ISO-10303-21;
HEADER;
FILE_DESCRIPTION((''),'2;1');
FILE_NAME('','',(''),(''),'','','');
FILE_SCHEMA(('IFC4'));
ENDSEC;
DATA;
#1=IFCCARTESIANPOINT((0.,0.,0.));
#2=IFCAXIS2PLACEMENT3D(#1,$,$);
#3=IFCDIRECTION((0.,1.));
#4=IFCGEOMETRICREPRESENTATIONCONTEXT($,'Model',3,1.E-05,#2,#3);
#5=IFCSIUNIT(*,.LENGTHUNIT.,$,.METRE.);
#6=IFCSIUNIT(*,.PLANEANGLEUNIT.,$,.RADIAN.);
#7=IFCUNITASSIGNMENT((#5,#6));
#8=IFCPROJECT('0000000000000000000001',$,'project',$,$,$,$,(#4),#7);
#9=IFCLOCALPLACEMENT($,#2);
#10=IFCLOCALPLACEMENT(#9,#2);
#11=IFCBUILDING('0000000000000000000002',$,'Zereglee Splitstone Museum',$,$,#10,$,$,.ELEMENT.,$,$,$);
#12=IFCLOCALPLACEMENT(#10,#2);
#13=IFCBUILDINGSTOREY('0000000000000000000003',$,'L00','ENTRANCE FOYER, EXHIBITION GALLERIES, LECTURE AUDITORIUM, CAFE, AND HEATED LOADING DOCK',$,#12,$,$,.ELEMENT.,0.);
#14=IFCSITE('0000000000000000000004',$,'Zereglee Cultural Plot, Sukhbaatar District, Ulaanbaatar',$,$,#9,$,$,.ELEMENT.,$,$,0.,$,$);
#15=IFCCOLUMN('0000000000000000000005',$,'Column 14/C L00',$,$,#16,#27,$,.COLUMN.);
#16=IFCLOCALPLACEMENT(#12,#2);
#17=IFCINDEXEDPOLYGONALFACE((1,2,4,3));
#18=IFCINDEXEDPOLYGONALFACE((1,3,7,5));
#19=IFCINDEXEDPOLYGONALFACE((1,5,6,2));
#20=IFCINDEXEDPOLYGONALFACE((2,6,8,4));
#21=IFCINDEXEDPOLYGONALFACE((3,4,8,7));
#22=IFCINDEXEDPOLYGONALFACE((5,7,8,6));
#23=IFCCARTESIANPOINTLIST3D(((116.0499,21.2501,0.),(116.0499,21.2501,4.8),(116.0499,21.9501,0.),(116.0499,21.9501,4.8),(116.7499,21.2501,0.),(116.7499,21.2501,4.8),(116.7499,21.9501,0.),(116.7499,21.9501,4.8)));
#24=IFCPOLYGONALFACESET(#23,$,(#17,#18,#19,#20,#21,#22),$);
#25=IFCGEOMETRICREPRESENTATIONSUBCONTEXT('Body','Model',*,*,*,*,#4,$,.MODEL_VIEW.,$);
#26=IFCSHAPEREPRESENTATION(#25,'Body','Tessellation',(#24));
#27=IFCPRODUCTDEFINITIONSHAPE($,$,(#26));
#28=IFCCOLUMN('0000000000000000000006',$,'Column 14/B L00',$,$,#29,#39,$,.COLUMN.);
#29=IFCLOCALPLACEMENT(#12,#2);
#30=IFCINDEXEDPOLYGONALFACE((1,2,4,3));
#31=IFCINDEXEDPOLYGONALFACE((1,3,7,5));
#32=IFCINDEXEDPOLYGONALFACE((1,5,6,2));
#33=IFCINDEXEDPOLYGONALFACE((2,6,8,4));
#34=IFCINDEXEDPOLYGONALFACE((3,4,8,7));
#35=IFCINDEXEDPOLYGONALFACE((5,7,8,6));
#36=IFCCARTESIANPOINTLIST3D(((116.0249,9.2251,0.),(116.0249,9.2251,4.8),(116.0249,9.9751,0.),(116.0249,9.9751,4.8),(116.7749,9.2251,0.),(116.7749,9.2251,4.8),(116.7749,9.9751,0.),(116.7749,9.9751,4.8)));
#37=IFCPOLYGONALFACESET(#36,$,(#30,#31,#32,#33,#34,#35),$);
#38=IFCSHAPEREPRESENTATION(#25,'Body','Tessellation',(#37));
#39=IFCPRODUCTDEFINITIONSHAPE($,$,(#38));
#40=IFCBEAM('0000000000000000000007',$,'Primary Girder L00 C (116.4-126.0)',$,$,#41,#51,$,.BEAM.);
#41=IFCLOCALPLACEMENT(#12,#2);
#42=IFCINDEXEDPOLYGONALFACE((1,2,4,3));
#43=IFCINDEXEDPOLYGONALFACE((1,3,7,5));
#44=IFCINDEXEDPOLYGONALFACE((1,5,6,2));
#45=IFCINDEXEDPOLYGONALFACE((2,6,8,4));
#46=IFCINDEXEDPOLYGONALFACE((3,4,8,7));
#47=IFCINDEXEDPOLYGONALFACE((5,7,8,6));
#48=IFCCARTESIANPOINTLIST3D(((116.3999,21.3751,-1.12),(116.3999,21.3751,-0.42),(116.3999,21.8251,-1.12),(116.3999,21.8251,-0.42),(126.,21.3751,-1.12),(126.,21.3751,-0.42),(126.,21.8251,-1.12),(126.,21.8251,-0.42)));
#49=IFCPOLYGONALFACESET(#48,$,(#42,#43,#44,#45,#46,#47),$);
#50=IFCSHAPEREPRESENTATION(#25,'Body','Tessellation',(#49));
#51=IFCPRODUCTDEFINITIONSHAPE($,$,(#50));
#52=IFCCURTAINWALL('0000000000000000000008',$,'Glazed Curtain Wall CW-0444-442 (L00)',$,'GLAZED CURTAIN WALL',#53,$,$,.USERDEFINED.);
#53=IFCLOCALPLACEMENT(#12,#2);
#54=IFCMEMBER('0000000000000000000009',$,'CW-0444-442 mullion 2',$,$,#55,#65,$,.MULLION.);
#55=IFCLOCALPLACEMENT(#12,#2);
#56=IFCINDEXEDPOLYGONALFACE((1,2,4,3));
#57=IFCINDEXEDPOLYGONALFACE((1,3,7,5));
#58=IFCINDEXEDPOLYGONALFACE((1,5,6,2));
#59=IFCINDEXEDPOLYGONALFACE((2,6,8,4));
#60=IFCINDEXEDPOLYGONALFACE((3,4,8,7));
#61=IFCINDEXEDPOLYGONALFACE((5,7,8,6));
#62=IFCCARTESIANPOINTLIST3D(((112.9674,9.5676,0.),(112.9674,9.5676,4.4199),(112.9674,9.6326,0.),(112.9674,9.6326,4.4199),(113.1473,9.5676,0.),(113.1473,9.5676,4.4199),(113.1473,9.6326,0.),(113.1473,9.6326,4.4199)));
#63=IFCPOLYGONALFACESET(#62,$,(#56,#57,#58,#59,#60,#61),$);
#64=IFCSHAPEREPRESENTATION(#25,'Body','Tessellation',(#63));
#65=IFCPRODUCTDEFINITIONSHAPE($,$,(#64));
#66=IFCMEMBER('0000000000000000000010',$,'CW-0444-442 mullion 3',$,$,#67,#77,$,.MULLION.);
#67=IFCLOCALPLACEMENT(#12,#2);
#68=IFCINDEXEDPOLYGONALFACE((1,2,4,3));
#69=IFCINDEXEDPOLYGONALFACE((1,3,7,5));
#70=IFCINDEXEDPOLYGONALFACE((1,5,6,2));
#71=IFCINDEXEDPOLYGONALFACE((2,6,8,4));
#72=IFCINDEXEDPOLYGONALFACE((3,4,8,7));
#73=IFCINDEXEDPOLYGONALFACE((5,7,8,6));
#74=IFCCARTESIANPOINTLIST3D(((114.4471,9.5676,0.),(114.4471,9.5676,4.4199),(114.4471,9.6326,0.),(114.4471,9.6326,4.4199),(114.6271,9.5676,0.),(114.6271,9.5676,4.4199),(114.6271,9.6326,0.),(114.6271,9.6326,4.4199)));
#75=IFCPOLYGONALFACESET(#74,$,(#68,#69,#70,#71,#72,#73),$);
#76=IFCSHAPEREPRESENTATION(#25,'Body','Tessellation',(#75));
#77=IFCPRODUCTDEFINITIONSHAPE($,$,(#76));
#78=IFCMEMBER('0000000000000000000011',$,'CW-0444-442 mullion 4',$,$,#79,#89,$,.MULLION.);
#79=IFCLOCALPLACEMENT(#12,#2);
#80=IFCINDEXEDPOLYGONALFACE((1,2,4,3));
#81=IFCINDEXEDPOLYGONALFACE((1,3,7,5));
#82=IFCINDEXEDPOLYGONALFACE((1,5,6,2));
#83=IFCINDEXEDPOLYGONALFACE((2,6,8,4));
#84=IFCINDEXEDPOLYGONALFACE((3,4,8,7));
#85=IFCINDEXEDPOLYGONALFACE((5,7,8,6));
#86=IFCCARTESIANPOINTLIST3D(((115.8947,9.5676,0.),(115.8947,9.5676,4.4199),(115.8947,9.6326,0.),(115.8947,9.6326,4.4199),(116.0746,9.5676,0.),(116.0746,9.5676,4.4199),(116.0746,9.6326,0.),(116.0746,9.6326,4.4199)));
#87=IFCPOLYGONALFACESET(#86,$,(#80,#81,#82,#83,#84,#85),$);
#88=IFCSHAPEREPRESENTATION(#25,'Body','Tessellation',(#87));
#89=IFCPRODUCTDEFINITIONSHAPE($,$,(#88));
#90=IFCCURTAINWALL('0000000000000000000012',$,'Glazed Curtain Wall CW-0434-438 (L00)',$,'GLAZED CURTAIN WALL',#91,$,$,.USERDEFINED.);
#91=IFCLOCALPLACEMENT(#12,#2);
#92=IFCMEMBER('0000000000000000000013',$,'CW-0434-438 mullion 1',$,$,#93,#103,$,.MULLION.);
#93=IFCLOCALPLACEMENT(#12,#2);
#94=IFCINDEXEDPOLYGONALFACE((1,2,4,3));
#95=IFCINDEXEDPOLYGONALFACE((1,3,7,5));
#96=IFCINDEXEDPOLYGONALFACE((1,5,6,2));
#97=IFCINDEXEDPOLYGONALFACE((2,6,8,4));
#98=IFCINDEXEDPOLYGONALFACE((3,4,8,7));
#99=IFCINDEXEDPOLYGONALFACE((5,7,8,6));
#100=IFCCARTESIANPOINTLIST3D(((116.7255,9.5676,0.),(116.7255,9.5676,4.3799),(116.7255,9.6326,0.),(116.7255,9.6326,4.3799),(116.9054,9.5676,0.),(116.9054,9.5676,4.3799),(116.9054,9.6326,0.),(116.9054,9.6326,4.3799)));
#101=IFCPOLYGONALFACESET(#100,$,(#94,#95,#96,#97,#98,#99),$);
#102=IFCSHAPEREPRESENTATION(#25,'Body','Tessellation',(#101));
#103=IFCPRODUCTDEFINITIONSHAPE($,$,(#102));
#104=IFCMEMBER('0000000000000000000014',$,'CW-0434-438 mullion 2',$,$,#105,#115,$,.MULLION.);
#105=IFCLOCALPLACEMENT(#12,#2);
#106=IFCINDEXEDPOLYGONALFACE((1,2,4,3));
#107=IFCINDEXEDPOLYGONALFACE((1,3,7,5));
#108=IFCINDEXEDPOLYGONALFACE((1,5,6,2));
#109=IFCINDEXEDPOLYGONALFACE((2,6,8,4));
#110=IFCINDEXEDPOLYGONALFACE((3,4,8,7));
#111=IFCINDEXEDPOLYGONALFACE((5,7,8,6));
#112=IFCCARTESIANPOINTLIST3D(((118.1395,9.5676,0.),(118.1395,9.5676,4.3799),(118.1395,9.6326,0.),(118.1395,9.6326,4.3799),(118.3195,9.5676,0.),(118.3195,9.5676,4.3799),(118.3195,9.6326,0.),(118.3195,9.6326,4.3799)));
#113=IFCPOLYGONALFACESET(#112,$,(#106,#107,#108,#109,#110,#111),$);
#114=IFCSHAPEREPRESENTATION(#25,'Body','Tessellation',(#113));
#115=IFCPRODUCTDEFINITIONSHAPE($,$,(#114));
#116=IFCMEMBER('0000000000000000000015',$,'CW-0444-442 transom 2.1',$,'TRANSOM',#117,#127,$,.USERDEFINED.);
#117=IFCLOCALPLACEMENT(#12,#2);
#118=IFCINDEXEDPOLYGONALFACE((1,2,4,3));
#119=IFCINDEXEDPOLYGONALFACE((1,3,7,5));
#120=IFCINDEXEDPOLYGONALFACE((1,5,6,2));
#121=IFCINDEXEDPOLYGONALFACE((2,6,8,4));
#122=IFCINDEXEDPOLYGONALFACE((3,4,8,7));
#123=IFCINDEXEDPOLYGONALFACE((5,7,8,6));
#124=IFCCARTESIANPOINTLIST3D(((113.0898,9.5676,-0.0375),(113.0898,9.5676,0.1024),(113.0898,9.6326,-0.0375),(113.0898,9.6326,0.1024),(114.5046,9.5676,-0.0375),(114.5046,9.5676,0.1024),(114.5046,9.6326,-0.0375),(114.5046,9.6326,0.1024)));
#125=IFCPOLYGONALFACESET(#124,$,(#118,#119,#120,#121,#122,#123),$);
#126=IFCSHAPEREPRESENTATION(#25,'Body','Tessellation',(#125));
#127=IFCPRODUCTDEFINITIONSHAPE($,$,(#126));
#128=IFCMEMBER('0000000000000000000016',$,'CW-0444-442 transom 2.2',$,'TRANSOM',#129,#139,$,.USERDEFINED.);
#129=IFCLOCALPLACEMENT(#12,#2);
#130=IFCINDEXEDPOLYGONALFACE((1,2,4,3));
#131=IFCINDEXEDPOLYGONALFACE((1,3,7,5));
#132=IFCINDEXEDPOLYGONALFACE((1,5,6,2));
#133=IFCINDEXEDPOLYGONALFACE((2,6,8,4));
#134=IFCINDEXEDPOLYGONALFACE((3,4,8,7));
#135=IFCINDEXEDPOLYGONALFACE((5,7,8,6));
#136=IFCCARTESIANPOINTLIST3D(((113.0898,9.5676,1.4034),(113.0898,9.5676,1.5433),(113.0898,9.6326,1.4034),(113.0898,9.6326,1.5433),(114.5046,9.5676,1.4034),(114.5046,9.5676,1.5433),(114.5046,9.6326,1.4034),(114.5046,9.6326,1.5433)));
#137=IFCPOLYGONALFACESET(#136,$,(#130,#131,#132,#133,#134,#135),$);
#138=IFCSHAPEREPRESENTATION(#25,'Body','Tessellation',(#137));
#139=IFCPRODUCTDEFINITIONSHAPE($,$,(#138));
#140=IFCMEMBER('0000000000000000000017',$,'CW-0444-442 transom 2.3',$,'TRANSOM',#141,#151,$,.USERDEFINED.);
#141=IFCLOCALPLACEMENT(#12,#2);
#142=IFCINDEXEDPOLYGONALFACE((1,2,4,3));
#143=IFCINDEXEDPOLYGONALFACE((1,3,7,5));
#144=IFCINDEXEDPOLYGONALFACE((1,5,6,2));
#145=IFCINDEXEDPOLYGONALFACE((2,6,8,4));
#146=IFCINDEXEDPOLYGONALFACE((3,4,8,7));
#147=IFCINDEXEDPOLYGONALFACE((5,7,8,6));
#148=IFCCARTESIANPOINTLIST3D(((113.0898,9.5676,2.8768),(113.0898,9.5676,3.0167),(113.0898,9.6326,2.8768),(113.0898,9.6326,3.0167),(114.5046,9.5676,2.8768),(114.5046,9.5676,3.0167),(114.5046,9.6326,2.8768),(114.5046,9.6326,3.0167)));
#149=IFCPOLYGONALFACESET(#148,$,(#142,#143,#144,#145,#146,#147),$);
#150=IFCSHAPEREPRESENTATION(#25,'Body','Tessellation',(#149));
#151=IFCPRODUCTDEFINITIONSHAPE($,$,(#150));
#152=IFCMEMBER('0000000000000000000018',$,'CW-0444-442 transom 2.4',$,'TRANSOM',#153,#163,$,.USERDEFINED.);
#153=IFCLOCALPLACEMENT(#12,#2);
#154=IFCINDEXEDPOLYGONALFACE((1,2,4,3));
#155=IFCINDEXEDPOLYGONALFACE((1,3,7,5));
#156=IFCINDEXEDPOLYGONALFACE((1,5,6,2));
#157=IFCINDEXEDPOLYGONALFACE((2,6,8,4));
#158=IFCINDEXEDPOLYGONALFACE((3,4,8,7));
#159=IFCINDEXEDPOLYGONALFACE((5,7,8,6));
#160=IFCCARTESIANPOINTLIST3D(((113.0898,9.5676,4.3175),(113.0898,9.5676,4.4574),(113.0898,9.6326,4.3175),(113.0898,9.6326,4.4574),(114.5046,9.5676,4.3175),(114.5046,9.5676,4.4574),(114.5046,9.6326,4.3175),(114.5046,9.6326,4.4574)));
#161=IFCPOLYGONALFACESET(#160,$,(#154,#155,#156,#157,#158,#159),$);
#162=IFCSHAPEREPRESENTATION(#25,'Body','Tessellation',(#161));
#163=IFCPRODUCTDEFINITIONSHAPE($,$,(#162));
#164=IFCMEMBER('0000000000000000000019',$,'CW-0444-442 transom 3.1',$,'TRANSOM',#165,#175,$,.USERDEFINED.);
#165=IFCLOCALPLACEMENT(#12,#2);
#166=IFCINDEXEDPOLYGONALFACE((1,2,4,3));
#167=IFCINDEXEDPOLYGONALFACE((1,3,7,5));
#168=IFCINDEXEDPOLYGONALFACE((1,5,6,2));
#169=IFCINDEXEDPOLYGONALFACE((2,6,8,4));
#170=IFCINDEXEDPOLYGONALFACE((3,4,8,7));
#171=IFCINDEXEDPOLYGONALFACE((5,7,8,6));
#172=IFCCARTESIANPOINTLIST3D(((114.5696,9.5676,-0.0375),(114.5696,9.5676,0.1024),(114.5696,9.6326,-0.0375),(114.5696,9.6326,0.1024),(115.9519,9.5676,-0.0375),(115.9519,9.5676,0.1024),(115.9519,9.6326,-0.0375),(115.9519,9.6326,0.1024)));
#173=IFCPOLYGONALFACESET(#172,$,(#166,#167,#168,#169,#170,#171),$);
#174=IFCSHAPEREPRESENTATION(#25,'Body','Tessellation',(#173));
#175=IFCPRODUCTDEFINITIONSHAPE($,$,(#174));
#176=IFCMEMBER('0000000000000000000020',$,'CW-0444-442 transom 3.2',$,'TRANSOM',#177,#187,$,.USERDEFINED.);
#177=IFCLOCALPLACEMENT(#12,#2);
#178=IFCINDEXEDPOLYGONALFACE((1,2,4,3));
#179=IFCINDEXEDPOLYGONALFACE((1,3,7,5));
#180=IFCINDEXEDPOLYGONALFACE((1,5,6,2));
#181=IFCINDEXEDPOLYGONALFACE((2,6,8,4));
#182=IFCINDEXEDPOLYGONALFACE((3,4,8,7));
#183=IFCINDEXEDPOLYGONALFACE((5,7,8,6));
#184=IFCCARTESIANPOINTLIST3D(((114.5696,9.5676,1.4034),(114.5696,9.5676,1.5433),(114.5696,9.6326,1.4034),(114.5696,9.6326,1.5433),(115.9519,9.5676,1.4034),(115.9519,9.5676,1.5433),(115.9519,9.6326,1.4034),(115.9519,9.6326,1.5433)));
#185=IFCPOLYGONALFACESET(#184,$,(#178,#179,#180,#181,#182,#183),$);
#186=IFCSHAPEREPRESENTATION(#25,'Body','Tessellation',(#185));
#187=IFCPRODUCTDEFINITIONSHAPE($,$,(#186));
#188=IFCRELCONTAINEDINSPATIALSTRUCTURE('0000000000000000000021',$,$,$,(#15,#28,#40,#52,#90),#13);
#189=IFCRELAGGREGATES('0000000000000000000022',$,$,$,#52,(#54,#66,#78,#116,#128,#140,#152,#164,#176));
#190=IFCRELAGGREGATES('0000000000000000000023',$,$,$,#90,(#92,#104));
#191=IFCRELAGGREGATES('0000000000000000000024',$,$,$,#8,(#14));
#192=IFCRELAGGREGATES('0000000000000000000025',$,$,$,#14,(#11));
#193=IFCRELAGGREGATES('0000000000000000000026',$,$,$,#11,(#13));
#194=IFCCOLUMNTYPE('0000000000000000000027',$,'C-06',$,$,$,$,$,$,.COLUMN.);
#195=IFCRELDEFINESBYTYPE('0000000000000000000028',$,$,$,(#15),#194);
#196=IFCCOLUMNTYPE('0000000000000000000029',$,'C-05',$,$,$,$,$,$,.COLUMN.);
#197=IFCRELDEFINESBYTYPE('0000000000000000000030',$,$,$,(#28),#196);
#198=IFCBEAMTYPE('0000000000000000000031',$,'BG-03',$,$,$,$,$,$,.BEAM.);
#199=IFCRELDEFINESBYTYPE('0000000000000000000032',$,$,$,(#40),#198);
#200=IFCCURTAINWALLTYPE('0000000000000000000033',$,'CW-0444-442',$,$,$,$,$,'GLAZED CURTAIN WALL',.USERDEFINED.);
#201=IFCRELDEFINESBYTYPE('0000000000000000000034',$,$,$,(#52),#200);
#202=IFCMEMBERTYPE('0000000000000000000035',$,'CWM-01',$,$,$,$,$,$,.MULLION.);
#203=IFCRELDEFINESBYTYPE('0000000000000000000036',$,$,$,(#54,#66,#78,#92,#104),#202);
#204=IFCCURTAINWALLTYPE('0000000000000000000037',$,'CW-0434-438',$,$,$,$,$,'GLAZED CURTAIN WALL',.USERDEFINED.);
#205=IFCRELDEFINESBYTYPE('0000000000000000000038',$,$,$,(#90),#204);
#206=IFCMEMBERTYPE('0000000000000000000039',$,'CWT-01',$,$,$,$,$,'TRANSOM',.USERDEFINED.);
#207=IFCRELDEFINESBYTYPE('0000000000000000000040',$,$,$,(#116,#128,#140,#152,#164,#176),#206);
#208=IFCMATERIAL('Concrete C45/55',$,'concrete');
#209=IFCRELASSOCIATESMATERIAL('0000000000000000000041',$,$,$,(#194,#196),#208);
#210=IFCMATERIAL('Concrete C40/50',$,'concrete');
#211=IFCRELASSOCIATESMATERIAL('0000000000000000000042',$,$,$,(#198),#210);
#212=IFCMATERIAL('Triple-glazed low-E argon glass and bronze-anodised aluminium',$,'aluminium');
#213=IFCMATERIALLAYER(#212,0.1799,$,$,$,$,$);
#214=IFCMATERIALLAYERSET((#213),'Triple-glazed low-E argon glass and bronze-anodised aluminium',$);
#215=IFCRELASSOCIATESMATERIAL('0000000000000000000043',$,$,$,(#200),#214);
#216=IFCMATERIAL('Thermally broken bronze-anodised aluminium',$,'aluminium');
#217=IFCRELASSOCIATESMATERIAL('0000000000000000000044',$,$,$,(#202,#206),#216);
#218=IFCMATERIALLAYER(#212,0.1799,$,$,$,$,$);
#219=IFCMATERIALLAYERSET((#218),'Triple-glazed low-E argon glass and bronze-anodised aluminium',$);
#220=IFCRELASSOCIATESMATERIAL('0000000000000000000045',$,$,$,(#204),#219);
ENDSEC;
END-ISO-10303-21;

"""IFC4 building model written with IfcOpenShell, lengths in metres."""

from ifc_helpers import new_model, si_unit, direction, frame, origin, origin_2d, place, context, subcontext, project, spatial, rectangle, extrude, material, layer, layer_set, material_profile, profile_set, type_object, element, aggregate, save


model = new_model("IFC4")

# Units and contexts
model_context = context("Model", 3, precision=1e-05, world=origin(), true_north=direction((0.0, 1.0)))
body_context = subcontext(model_context, "Body", "Model", "MODEL_VIEW")
ifc_project = project(units=[si_unit("LENGTHUNIT", "METRE"), si_unit("PLANEANGLEUNIT", "RADIAN")], contexts=[model_context])

# Site, building, storey
site_placement = place(None, origin())
site = spatial("IfcSite", under=ifc_project, at=site_placement, Name="Zereglee Cultural Plot, Sukhbaatar District, Ulaanbaatar", CompositionType="ELEMENT", RefElevation=0.0)
building_placement = place(site_placement, origin())
building = spatial("IfcBuilding", under=site, at=building_placement, Name="Zereglee Splitstone Museum", CompositionType="ELEMENT")
storey_placement = place(building_placement, origin())
storey = spatial("IfcBuildingStorey", under=building, at=storey_placement, Name="L00", Description="ENTRANCE FOYER, EXHIBITION GALLERIES, LECTURE AUDITORIUM, CAFE, AND HEATED LOADING DOCK", CompositionType="ELEMENT", Elevation=0.0)

# Columns
ifc_material_1 = material(Name="Concrete C45/55", Category="concrete")
ifc_material_profile_1 = material_profile(ifc_material_1, rectangle(XDim=0.7, YDim=0.7, at=origin_2d()), Name="RC 700x700")
ifc_profile_set_1 = profile_set([ifc_material_profile_1], Name="Concrete C45/55")
column_type_1 = type_object("IfcColumnType", Name="C-06", PredefinedType="COLUMN", material=ifc_profile_set_1)
column_1_placement = place(storey_placement, frame((116.3999, 21.6001, 0.0), z_axis=(0.0, 0.0, 1.0), x_axis=(1.0, 0.0, 0.0)))
element("IfcColumn", 1, at=column_1_placement, inside=storey, type_object=column_type_1, Name="Column 14/C L00", PredefinedType="COLUMN", context=body_context, shape_type="SweptSolid", body=[
    extrude(rectangle(XDim=0.7, YDim=0.7, at=origin_2d()), origin(), (0.0, 0.0, 1.0), 4.8),
])
ifc_material_profile_2 = material_profile(ifc_material_1, rectangle(XDim=0.75, YDim=0.75, at=origin_2d()), Name="RC 750x750")
ifc_profile_set_2 = profile_set([ifc_material_profile_2], Name="Concrete C45/55")
column_type_2 = type_object("IfcColumnType", Name="C-05", PredefinedType="COLUMN", material=ifc_profile_set_2)
column_2_placement = place(storey_placement, frame((116.3999, 9.6001, 0.0), z_axis=(0.0, 0.0, 1.0), x_axis=(1.0, 0.0, 0.0)))
element("IfcColumn", 2, at=column_2_placement, inside=storey, type_object=column_type_2, Name="Column 14/B L00", PredefinedType="COLUMN", context=body_context, shape_type="SweptSolid", body=[
    extrude(rectangle(XDim=0.75, YDim=0.75, at=origin_2d()), origin(), (0.0, 0.0, 1.0), 4.8),
])

# Beam
ifc_material_2 = material(Name="Concrete C40/50", Category="concrete")
ifc_material_profile_3 = material_profile(ifc_material_2, rectangle(XDim=0.45, YDim=0.7, at=origin_2d()), Name="RC 450x700")
ifc_profile_set_3 = profile_set([ifc_material_profile_3], Name="Concrete C40/50")
beam_type_1 = type_object("IfcBeamType", Name="BG-03", PredefinedType="BEAM", material=ifc_profile_set_3)
beam_1_placement = place(storey_placement, frame((116.3999, 21.6001, -0.77), z_axis=(1.0, 0.0, 0.0), x_axis=(0.0, 1.0, 0.0)))
element("IfcBeam", 3, at=beam_1_placement, inside=storey, type_object=beam_type_1, Name="Primary Girder L00 C (116.4-126.0)", PredefinedType="BEAM", context=body_context, shape_type="SweptSolid", body=[
    extrude(rectangle(XDim=0.45, YDim=0.7, at=origin_2d()), origin(), (0.0, 0.0, 1.0), 9.6001),
])

# Curtain walls, members
ifc_material_3 = material(Name="Triple-glazed low-E argon glass and bronze-anodised aluminium", Category="aluminium")
ifc_layer_1 = layer(ifc_material_3, 0.1799)
ifc_layer_set_1 = layer_set([ifc_layer_1], Name="Triple-glazed low-E argon glass and bronze-anodised aluminium")
curtain_wall_type_1 = type_object("IfcCurtainWallType", Name="CW-0444-442", ElementType="GLAZED CURTAIN WALL", PredefinedType="USERDEFINED", material=ifc_layer_set_1)
curtain_wall_1_placement = place(storey_placement, origin())
curtain_wall_1 = element("IfcCurtainWall", 4, at=curtain_wall_1_placement, inside=storey, type_object=curtain_wall_type_1, Name="Glazed Curtain Wall CW-0444-442 (L00)", ObjectType="GLAZED CURTAIN WALL", PredefinedType="USERDEFINED")
ifc_material_4 = material(Name="Thermally broken bronze-anodised aluminium", Category="aluminium")
ifc_material_profile_4 = material_profile(ifc_material_4, rectangle(XDim=0.0649, YDim=0.1799, at=origin_2d()), Name="CW MULL 65x180")
ifc_profile_set_4 = profile_set([ifc_material_profile_4], Name="Thermally broken bronze-anodised aluminium")
member_type_1 = type_object("IfcMemberType", Name="CWM-01", PredefinedType="MULLION", material=ifc_profile_set_4)
member_1_placement = place(storey_placement, frame((113.0574, 9.6001, 0.0), z_axis=(0.0, 0.0, 1.0), x_axis=(0.0, 1.0, 0.0)))
member_1 = element("IfcMember", 5, at=member_1_placement, type_object=member_type_1, Name="CW-0444-442 mullion 2", PredefinedType="MULLION", context=body_context, shape_type="SweptSolid", body=[
    extrude(rectangle(XDim=0.0649, YDim=0.1799, at=origin_2d()), origin(), (0.0, 0.0, 1.0), 4.4199),
])
member_2_placement = place(storey_placement, frame((114.5371, 9.6001, 0.0), z_axis=(0.0, 0.0, 1.0), x_axis=(0.0, 1.0, 0.0)))
member_2 = element("IfcMember", 6, at=member_2_placement, type_object=member_type_1, Name="CW-0444-442 mullion 3", PredefinedType="MULLION", context=body_context, shape_type="SweptSolid", body=[
    extrude(rectangle(XDim=0.0649, YDim=0.1799, at=origin_2d()), origin(), (0.0, 0.0, 1.0), 4.4199),
])
member_3_placement = place(storey_placement, frame((115.9846, 9.6001, 0.0), z_axis=(0.0, 0.0, 1.0), x_axis=(0.0, 1.0, 0.0)))
member_3 = element("IfcMember", 7, at=member_3_placement, type_object=member_type_1, Name="CW-0444-442 mullion 4", PredefinedType="MULLION", context=body_context, shape_type="SweptSolid", body=[
    extrude(rectangle(XDim=0.0649, YDim=0.1799, at=origin_2d()), origin(), (0.0, 0.0, 1.0), 4.4199),
])
ifc_layer_2 = layer(ifc_material_3, 0.1799)
ifc_layer_set_2 = layer_set([ifc_layer_2], Name="Triple-glazed low-E argon glass and bronze-anodised aluminium")
curtain_wall_type_2 = type_object("IfcCurtainWallType", Name="CW-0434-438", ElementType="GLAZED CURTAIN WALL", PredefinedType="USERDEFINED", material=ifc_layer_set_2)
curtain_wall_2_placement = place(storey_placement, origin())
curtain_wall_2 = element("IfcCurtainWall", 8, at=curtain_wall_2_placement, inside=storey, type_object=curtain_wall_type_2, Name="Glazed Curtain Wall CW-0434-438 (L00)", ObjectType="GLAZED CURTAIN WALL", PredefinedType="USERDEFINED")
member_4_placement = place(storey_placement, frame((116.8154, 9.6001, 0.0), z_axis=(0.0, 0.0, 1.0), x_axis=(0.0, 1.0, 0.0)))
member_4 = element("IfcMember", 9, at=member_4_placement, type_object=member_type_1, Name="CW-0434-438 mullion 1", PredefinedType="MULLION", context=body_context, shape_type="SweptSolid", body=[
    extrude(rectangle(XDim=0.0649, YDim=0.1799, at=origin_2d()), origin(), (0.0, 0.0, 1.0), 4.3799),
])
member_5_placement = place(storey_placement, frame((118.2295, 9.6001, 0.0), z_axis=(0.0, 0.0, 1.0), x_axis=(0.0, 1.0, 0.0)))
member_5 = element("IfcMember", 10, at=member_5_placement, type_object=member_type_1, Name="CW-0434-438 mullion 2", PredefinedType="MULLION", context=body_context, shape_type="SweptSolid", body=[
    extrude(rectangle(XDim=0.0649, YDim=0.1799, at=origin_2d()), origin(), (0.0, 0.0, 1.0), 4.3799),
])

# Members
ifc_material_profile_5 = material_profile(ifc_material_4, rectangle(XDim=0.0649, YDim=0.1399, at=origin_2d()), Name="CW TRAN 65x140")
ifc_profile_set_5 = profile_set([ifc_material_profile_5], Name="Thermally broken bronze-anodised aluminium")
member_type_2 = type_object("IfcMemberType", Name="CWT-01", ElementType="TRANSOM", PredefinedType="USERDEFINED", material=ifc_profile_set_5)
member_6_placement = place(storey_placement, frame((113.0898, 9.6001, 0.0325), z_axis=(1.0, 0.0, 0.0), x_axis=(0.0, 1.0, 0.0)))
member_6 = element("IfcMember", 11, at=member_6_placement, type_object=member_type_2, Name="CW-0444-442 transom 2.1", ObjectType="TRANSOM", PredefinedType="USERDEFINED", context=body_context, shape_type="SweptSolid", body=[
    extrude(rectangle(XDim=0.0649, YDim=0.1399, at=origin_2d()), origin(), (0.0, 0.0, 1.0), 1.4148),
])
member_7_placement = place(storey_placement, frame((113.0898, 9.6001, 1.4734), z_axis=(1.0, 0.0, 0.0), x_axis=(0.0, 1.0, 0.0)))
member_7 = element("IfcMember", 12, at=member_7_placement, type_object=member_type_2, Name="CW-0444-442 transom 2.2", ObjectType="TRANSOM", PredefinedType="USERDEFINED", context=body_context, shape_type="SweptSolid", body=[
    extrude(rectangle(XDim=0.0649, YDim=0.1399, at=origin_2d()), origin(), (0.0, 0.0, 1.0), 1.4148),
])
member_8_placement = place(storey_placement, frame((113.0898, 9.6001, 2.9468), z_axis=(1.0, 0.0, 0.0), x_axis=(0.0, 1.0, 0.0)))
member_8 = element("IfcMember", 13, at=member_8_placement, type_object=member_type_2, Name="CW-0444-442 transom 2.3", ObjectType="TRANSOM", PredefinedType="USERDEFINED", context=body_context, shape_type="SweptSolid", body=[
    extrude(rectangle(XDim=0.0649, YDim=0.1399, at=origin_2d()), origin(), (0.0, 0.0, 1.0), 1.4148),
])
member_9_placement = place(storey_placement, frame((113.0898, 9.6001, 4.3875), z_axis=(1.0, 0.0, 0.0), x_axis=(0.0, 1.0, 0.0)))
member_9 = element("IfcMember", 14, at=member_9_placement, type_object=member_type_2, Name="CW-0444-442 transom 2.4", ObjectType="TRANSOM", PredefinedType="USERDEFINED", context=body_context, shape_type="SweptSolid", body=[
    extrude(rectangle(XDim=0.0649, YDim=0.1399, at=origin_2d()), origin(), (0.0, 0.0, 1.0), 1.4148),
])
member_10_placement = place(storey_placement, frame((114.5696, 9.6001, 0.0325), z_axis=(1.0, 0.0, 0.0), x_axis=(0.0, 1.0, 0.0)))
member_10 = element("IfcMember", 15, at=member_10_placement, type_object=member_type_2, Name="CW-0444-442 transom 3.1", ObjectType="TRANSOM", PredefinedType="USERDEFINED", context=body_context, shape_type="SweptSolid", body=[
    extrude(rectangle(XDim=0.0649, YDim=0.1399, at=origin_2d()), origin(), (0.0, 0.0, 1.0), 1.3823),
])
member_11_placement = place(storey_placement, frame((114.5696, 9.6001, 1.4734), z_axis=(1.0, 0.0, 0.0), x_axis=(0.0, 1.0, 0.0)))
member_11 = element("IfcMember", 16, at=member_11_placement, type_object=member_type_2, Name="CW-0444-442 transom 3.2", ObjectType="TRANSOM", PredefinedType="USERDEFINED", context=body_context, shape_type="SweptSolid", body=[
    extrude(rectangle(XDim=0.0649, YDim=0.1399, at=origin_2d()), origin(), (0.0, 0.0, 1.0), 1.3823),
])

aggregate(curtain_wall_1, [member_1, member_2, member_3, member_6, member_7, member_8, member_9, member_10, member_11])
aggregate(curtain_wall_2, [member_4, member_5])

save(model, "model.ifc")
